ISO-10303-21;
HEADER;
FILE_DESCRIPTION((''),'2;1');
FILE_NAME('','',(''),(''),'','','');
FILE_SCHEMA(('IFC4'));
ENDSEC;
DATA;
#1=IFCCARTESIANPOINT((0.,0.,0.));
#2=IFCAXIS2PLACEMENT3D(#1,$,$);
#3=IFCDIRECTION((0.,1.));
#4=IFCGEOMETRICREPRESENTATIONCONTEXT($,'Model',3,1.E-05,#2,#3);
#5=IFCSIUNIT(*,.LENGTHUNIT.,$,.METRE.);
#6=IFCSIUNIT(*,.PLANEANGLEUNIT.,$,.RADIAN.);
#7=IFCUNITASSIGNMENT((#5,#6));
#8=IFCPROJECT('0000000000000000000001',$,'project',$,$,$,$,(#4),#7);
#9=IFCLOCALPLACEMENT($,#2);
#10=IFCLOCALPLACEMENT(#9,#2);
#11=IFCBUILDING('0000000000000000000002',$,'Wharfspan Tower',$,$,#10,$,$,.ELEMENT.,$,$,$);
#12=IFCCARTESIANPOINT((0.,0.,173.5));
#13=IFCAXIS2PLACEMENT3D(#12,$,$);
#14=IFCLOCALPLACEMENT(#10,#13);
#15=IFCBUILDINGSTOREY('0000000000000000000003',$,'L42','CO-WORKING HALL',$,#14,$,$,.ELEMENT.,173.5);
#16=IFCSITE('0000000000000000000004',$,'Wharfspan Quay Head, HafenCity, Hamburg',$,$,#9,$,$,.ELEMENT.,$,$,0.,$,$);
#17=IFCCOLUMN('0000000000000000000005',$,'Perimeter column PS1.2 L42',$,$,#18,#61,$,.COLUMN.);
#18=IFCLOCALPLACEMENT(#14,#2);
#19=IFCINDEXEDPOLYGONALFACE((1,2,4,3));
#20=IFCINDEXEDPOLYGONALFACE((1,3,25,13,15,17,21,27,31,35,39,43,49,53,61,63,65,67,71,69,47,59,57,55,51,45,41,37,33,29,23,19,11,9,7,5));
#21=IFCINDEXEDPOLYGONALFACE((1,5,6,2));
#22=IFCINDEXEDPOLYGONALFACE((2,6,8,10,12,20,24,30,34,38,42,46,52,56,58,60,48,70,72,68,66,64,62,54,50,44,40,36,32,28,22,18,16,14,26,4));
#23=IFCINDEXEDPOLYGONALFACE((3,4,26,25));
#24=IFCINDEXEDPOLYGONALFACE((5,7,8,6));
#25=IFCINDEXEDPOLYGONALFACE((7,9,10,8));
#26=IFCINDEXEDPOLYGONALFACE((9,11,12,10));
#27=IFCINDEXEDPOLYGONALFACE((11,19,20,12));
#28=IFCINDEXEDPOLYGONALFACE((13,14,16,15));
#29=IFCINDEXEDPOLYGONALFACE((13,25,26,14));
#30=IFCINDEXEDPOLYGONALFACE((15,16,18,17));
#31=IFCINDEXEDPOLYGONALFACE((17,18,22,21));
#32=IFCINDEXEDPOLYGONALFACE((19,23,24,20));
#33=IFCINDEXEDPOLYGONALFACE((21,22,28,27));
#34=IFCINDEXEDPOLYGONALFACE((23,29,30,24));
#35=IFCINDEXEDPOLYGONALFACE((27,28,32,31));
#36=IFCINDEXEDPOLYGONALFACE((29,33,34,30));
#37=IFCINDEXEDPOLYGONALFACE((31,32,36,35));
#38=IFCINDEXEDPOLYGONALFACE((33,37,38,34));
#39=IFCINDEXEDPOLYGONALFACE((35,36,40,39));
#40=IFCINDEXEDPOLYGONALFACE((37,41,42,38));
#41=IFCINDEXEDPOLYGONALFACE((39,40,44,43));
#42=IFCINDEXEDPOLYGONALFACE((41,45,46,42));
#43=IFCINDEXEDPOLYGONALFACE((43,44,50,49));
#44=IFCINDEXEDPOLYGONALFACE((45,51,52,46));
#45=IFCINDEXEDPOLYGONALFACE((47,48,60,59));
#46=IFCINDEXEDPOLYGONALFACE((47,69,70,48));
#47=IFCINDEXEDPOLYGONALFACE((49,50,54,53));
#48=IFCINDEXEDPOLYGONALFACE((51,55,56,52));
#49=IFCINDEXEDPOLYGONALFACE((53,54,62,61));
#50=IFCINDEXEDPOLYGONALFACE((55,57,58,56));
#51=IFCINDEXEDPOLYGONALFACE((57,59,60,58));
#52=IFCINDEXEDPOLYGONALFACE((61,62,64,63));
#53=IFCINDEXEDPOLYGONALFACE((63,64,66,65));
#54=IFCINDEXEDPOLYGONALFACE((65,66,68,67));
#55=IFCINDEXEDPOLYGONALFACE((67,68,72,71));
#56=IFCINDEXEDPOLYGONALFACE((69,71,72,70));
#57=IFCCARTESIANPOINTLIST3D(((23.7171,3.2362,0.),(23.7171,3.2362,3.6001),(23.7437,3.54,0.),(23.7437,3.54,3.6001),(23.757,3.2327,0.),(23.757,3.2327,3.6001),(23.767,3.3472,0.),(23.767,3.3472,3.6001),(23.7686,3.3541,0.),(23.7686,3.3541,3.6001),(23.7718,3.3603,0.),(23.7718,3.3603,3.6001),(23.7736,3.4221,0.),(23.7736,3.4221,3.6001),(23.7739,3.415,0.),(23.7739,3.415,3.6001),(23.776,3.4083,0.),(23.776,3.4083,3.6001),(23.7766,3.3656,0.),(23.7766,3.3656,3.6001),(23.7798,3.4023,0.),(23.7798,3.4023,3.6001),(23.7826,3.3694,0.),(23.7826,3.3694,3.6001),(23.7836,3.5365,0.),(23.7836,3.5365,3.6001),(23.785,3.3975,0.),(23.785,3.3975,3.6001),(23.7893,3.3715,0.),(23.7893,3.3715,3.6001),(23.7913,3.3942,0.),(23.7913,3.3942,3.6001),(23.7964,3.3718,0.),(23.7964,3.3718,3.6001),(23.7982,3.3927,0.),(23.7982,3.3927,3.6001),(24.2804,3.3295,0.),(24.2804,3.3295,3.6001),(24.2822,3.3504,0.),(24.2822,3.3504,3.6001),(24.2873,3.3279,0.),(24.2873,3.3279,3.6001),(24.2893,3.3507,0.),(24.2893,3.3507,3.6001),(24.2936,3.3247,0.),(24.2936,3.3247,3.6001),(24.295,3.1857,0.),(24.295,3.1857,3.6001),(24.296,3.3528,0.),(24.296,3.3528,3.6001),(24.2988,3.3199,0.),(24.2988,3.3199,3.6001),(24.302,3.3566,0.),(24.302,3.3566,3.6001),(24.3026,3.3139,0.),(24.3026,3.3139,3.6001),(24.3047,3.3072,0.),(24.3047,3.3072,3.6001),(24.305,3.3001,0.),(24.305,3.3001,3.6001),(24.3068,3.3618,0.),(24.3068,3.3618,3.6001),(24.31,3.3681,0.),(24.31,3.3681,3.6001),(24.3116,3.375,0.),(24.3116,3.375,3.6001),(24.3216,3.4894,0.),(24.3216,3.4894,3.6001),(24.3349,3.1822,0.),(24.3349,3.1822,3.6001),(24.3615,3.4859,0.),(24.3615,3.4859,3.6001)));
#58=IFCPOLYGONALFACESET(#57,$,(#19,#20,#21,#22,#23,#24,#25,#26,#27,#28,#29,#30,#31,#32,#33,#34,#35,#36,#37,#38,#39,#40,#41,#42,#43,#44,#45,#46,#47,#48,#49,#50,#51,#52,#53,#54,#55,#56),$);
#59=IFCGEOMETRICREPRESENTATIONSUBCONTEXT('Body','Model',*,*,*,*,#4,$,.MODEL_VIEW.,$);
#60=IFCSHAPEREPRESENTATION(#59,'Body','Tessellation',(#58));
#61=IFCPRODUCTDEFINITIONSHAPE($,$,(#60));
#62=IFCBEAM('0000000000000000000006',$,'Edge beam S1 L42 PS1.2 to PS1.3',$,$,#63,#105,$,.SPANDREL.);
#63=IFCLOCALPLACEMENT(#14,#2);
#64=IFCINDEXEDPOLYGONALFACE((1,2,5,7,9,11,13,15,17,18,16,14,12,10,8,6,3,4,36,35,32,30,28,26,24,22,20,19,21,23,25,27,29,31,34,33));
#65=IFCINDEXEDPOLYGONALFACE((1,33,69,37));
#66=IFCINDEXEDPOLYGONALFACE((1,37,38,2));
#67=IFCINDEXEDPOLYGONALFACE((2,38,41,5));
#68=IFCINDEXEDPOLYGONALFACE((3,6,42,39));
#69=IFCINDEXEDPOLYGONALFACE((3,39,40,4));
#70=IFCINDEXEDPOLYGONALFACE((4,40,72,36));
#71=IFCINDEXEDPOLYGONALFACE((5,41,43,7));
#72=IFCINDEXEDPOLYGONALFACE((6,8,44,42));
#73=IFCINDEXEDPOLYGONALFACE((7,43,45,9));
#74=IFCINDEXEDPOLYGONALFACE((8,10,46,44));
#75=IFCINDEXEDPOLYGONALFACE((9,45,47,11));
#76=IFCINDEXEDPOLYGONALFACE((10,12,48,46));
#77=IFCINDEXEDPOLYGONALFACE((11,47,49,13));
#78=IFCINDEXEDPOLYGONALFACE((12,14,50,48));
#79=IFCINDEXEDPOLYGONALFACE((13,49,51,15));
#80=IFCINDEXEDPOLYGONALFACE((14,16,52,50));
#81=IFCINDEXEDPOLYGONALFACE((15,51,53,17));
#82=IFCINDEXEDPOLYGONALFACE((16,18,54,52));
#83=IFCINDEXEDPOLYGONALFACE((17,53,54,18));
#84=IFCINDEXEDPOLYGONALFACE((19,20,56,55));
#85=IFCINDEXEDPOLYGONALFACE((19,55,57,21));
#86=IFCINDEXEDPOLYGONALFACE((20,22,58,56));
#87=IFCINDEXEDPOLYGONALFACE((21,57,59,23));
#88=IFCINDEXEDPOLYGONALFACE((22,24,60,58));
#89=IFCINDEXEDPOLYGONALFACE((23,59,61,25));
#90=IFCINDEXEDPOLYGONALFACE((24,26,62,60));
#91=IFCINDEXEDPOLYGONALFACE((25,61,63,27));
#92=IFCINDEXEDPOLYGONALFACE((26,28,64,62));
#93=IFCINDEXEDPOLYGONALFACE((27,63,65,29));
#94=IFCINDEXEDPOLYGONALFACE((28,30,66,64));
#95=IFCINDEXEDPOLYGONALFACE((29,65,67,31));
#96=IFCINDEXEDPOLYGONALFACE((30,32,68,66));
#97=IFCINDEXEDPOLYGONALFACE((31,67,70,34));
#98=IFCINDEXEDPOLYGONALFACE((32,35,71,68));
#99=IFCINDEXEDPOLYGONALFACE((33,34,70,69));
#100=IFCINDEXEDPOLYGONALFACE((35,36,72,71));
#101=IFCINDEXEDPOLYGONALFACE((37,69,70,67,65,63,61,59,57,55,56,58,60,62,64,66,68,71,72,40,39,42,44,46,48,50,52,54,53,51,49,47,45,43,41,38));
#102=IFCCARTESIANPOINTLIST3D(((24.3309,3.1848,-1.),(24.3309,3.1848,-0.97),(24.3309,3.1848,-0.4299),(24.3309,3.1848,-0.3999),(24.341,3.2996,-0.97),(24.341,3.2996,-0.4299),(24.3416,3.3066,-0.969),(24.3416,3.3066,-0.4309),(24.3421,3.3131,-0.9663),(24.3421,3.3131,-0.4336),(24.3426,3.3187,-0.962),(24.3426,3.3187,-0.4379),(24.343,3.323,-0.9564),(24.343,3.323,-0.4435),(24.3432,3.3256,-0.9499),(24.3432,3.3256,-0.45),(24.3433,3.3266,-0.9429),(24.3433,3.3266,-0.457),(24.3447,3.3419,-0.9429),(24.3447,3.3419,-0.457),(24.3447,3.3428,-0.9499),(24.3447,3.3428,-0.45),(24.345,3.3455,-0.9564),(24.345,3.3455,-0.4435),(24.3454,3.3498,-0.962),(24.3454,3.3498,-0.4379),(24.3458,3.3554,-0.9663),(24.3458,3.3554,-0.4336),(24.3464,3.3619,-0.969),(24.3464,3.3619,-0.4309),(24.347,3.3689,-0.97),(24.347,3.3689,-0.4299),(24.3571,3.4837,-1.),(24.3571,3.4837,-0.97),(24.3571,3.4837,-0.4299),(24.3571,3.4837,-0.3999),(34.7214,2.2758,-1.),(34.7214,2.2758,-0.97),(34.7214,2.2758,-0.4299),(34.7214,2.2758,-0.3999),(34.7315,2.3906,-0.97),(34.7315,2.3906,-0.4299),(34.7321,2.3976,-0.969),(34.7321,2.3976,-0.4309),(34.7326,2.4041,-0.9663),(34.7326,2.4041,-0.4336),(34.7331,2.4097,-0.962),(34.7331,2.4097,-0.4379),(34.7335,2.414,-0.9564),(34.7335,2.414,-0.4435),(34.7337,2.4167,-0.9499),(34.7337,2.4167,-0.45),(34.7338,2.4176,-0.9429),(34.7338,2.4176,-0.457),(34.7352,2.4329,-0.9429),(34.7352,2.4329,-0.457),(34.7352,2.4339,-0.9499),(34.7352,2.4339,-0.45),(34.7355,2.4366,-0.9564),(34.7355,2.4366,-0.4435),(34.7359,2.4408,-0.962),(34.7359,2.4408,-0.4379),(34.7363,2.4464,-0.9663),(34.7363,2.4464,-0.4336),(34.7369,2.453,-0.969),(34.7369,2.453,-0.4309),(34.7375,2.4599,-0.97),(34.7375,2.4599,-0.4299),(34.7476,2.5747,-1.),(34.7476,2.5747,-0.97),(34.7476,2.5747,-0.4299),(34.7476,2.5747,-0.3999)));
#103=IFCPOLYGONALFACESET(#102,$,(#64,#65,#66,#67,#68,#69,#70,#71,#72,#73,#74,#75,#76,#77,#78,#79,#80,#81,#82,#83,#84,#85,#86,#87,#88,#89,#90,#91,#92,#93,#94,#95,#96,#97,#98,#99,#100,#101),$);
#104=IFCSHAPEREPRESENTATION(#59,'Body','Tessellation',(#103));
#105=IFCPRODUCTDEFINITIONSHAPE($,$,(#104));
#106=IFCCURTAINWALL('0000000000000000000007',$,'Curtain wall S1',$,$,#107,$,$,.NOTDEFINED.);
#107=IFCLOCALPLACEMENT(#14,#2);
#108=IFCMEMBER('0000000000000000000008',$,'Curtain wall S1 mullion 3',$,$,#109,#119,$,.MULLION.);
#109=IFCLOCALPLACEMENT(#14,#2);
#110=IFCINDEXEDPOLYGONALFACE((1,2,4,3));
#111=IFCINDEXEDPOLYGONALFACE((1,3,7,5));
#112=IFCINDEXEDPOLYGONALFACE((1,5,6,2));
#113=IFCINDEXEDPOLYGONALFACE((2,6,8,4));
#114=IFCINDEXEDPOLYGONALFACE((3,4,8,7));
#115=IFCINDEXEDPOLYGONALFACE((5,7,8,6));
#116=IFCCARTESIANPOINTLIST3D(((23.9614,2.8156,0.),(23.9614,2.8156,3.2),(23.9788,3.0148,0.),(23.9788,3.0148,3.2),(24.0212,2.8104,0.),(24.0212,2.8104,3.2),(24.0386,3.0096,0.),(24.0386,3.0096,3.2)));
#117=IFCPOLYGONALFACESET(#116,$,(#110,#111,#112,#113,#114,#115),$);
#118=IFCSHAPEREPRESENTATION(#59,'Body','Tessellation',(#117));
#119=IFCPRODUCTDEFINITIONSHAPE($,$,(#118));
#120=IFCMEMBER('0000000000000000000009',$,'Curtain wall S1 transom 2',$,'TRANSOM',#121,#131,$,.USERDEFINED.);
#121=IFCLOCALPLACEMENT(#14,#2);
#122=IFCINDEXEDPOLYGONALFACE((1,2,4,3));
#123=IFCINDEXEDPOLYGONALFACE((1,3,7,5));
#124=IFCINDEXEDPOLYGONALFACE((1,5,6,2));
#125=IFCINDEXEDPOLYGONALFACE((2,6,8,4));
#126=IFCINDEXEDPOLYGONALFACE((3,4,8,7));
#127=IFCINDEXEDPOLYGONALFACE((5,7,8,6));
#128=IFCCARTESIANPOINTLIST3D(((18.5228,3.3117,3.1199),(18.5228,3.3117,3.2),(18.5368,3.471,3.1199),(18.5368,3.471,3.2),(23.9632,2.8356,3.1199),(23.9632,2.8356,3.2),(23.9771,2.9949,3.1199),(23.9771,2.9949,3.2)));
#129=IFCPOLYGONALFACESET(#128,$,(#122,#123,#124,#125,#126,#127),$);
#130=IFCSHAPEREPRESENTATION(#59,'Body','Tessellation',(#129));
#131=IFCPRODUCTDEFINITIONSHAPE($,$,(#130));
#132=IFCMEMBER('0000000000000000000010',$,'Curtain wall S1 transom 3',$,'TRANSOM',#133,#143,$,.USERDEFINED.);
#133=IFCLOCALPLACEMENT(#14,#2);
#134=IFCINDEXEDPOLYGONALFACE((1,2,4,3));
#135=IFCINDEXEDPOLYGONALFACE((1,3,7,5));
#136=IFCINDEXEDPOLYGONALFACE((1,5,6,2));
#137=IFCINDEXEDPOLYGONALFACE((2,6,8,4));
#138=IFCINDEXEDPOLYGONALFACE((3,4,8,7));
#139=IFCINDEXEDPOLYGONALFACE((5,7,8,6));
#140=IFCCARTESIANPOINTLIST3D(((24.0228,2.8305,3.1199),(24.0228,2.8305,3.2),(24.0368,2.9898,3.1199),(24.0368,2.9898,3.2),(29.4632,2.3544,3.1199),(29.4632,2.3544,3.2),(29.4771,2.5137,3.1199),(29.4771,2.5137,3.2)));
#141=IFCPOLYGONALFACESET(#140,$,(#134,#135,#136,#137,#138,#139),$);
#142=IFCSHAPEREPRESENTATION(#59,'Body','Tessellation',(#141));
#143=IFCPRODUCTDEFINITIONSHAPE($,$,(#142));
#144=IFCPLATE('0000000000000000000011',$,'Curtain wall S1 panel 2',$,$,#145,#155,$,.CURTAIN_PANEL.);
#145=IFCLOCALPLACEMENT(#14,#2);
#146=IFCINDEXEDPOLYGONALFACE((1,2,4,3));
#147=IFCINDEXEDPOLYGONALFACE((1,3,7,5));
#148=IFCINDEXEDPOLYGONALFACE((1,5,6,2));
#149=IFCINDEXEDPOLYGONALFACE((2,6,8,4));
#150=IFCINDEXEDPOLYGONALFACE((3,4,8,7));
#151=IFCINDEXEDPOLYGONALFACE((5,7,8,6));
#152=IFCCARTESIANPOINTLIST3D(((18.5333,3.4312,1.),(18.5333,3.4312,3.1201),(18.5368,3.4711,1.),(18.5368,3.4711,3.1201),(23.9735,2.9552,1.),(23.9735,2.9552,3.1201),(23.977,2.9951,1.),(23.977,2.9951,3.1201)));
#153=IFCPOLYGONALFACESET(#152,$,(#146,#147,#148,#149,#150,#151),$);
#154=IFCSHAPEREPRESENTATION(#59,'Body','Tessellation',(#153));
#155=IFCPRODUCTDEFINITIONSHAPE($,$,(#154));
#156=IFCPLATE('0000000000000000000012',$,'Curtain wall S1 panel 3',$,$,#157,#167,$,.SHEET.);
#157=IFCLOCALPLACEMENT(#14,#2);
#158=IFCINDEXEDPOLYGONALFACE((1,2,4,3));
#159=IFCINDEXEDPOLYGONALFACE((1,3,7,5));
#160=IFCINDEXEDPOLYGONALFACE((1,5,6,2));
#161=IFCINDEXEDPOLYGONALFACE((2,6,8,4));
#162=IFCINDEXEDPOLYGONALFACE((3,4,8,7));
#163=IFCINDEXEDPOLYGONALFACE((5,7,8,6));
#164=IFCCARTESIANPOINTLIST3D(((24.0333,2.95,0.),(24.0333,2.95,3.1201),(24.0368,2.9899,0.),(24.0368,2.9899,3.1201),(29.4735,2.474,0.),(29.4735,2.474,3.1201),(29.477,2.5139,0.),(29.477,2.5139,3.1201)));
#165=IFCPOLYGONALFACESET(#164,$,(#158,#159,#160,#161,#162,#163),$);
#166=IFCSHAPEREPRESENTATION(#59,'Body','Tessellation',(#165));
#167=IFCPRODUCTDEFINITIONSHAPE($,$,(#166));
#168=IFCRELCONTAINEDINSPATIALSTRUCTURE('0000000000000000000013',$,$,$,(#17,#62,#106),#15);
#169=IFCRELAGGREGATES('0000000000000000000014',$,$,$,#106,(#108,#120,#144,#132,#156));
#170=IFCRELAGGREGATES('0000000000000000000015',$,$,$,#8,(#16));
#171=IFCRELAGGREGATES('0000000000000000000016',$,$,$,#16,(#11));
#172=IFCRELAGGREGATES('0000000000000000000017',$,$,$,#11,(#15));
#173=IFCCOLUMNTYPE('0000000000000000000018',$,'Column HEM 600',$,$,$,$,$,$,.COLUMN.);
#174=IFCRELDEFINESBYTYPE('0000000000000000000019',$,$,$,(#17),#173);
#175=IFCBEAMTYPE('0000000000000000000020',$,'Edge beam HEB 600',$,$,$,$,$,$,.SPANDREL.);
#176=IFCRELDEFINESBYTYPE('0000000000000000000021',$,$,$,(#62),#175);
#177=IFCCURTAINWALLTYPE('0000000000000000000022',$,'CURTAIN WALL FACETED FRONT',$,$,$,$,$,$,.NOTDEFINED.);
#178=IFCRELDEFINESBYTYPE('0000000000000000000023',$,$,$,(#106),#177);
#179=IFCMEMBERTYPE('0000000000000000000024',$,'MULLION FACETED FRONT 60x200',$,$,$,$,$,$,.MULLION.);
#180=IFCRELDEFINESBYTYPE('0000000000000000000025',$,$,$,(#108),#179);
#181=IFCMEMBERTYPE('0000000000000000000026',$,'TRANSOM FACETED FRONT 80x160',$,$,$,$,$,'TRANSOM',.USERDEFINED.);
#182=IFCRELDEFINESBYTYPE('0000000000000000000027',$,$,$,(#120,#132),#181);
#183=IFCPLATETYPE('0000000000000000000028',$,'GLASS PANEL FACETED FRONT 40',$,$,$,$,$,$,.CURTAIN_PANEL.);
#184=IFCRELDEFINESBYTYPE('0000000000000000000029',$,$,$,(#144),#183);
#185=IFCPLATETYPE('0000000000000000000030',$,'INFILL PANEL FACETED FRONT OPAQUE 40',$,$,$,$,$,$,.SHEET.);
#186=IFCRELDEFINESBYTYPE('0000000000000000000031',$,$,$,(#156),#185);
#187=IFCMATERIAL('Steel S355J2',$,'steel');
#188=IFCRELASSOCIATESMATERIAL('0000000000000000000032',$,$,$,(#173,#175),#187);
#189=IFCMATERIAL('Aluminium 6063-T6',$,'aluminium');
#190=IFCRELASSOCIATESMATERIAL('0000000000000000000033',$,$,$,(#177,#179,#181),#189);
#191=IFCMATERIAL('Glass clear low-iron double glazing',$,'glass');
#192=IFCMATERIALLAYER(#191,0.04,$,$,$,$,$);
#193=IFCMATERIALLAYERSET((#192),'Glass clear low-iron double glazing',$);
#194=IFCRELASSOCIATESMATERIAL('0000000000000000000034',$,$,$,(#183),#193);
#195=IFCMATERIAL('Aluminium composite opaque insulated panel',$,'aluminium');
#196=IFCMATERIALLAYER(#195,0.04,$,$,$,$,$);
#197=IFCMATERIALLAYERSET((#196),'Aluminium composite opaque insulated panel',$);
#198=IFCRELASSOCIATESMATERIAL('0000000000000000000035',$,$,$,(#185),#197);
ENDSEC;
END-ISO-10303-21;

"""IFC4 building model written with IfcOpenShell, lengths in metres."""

from ifc_helpers import new_model, si_unit, direction, frame, origin, origin_2d, place, context, subcontext, project, spatial, rectangle, i_section, extrude, material, layer, layer_set, material_profile, profile_set, type_object, element, aggregate, save


model = new_model("IFC4")

# Units and contexts
model_context = context("Model", 3, precision=1e-05, world=origin(), true_north=direction((0.0, 1.0)))
body_context = subcontext(model_context, "Body", "Model", "MODEL_VIEW")
ifc_project = project(units=[si_unit("LENGTHUNIT", "METRE"), si_unit("PLANEANGLEUNIT", "RADIAN")], contexts=[model_context])

# Site, building, storey
site_placement = place(None, origin())
site = spatial("IfcSite", under=ifc_project, at=site_placement, Name="Wharfspan Quay Head, HafenCity, Hamburg", CompositionType="ELEMENT", RefElevation=0.0)
building_placement = place(site_placement, origin())
building = spatial("IfcBuilding", under=site, at=building_placement, Name="Wharfspan Tower", CompositionType="ELEMENT")
storey_placement = place(building_placement, frame((0.0, 0.0, 173.5)))
storey = spatial("IfcBuildingStorey", under=building, at=storey_placement, Name="L42", Description="CO-WORKING HALL", CompositionType="ELEMENT", Elevation=173.5)

# Column
ifc_material_1 = material(Name="Steel S355J2", Category="steel")
ifc_material_profile_1 = material_profile(ifc_material_1, i_section(OverallWidth=0.3049, OverallDepth=0.6201, WebThickness=0.021, FlangeThickness=0.04, FilletRadius=0.0271, at=origin_2d()))
ifc_profile_set_1 = profile_set([ifc_material_profile_1], Name="Steel S355J2")
column_type = type_object("IfcColumnType", Name="Column HEM 600", PredefinedType="COLUMN", material=ifc_profile_set_1)
column_placement = place(storey_placement, frame((24.0393, 3.3611, 0.0), z_axis=(0.0, 0.0, 1.0), x_axis=(-0.087156, -0.996198, 0.0)))
element("IfcColumn", 1, at=column_placement, inside=storey, type_object=column_type, Name="Perimeter column PS1.2 L42", PredefinedType="COLUMN", context=body_context, shape_type="SweptSolid", body=[
    extrude(i_section(OverallWidth=0.3049, OverallDepth=0.6201, WebThickness=0.021, FlangeThickness=0.04, FilletRadius=0.0271, at=origin_2d()), origin(), (0.0, 0.0, 1.0), 3.6001),
])

# Beam
ifc_material_profile_2 = material_profile(ifc_material_1, i_section(OverallWidth=0.3, OverallDepth=0.6001, WebThickness=0.0154, FlangeThickness=0.03, FilletRadius=0.0271, at=origin_2d()))
ifc_profile_set_2 = profile_set([ifc_material_profile_2], Name="Steel S355J2")
beam_type = type_object("IfcBeamType", Name="Edge beam HEB 600", PredefinedType="SPANDREL", material=ifc_profile_set_2)
beam_placement = place(storey_placement, frame((24.344, 3.3342, -0.7), z_axis=(0.996196, -0.087146, 0.0), x_axis=(0.087146, 0.996196, 0.0)))
element("IfcBeam", 2, at=beam_placement, inside=storey, type_object=beam_type, Name="Edge beam S1 L42 PS1.2 to PS1.3", PredefinedType="SPANDREL", context=body_context, shape_type="SweptSolid", body=[
    extrude(i_section(OverallWidth=0.3, OverallDepth=0.6001, WebThickness=0.0154, FlangeThickness=0.03, FilletRadius=0.0271, at=origin_2d()), origin(), (0.0, 0.0, 1.0), 10.4302),
])

# Curtain wall, members, plates
ifc_material_2 = material(Name="Aluminium 6063-T6", Category="aluminium")
curtain_wall_type = type_object("IfcCurtainWallType", Name="CURTAIN WALL FACETED FRONT", PredefinedType="NOTDEFINED", material=ifc_material_2)
curtain_wall_placement = place(storey_placement, origin())
curtain_wall = element("IfcCurtainWall", 3, at=curtain_wall_placement, inside=storey, type_object=curtain_wall_type, Name="Curtain wall S1", PredefinedType="NOTDEFINED")
ifc_material_profile_3 = material_profile(ifc_material_2, rectangle(XDim=0.2, YDim=0.0601, at=origin_2d()))
ifc_profile_set_3 = profile_set([ifc_material_profile_3], Name="Aluminium 6063-T6")
member_type_1 = type_object("IfcMemberType", Name="MULLION FACETED FRONT 60x200", PredefinedType="MULLION", material=ifc_profile_set_3)
member_1_placement = place(storey_placement, frame((24.0, 2.9126, 0.0), z_axis=(0.0, 0.0, 1.0), x_axis=(0.087156, 0.996198, 0.0)))
member_1 = element("IfcMember", 4, at=member_1_placement, type_object=member_type_1, Name="Curtain wall S1 mullion 3", PredefinedType="MULLION", context=body_context, shape_type="SweptSolid", body=[
    extrude(rectangle(XDim=0.2, YDim=0.0601, at=origin_2d()), origin(), (0.0, 0.0, 1.0), 3.2),
])
ifc_material_profile_4 = material_profile(ifc_material_2, rectangle(XDim=0.1599, YDim=0.0801, at=origin_2d()))
ifc_profile_set_4 = profile_set([ifc_material_profile_4], Name="Aluminium 6063-T6")
member_type_2 = type_object("IfcMemberType", Name="TRANSOM FACETED FRONT 80x160", ElementType="TRANSOM", PredefinedType="USERDEFINED", material=ifc_profile_set_4)
member_2_placement = place(storey_placement, frame((18.5298, 3.3914, 3.1599), z_axis=(0.996193, -0.087174, 0.0), x_axis=(0.087174, 0.996193, 0.0)))
member_2 = element("IfcMember", 5, at=member_2_placement, type_object=member_type_2, Name="Curtain wall S1 transom 2", ObjectType="TRANSOM", PredefinedType="USERDEFINED", context=body_context, shape_type="SweptSolid", body=[
    extrude(rectangle(XDim=0.1599, YDim=0.0801, at=origin_2d()), origin(), (0.0, 0.0, 1.0), 5.4612),
])
member_3_placement = place(storey_placement, frame((24.0298, 2.9102, 3.1599), z_axis=(0.996193, -0.087174, 0.0), x_axis=(0.087174, 0.996193, 0.0)))
member_3 = element("IfcMember", 6, at=member_3_placement, type_object=member_type_2, Name="Curtain wall S1 transom 3", ObjectType="TRANSOM", PredefinedType="USERDEFINED", context=body_context, shape_type="SweptSolid", body=[
    extrude(rectangle(XDim=0.1599, YDim=0.0801, at=origin_2d()), origin(), (0.0, 0.0, 1.0), 5.4612),
])
ifc_material_3 = material(Name="Glass clear low-iron double glazing", Category="glass")
ifc_layer_1 = layer(ifc_material_3, 0.04)
ifc_layer_set_1 = layer_set([ifc_layer_1], Name="Glass clear low-iron double glazing")
plate_type_1 = type_object("IfcPlateType", Name="GLASS PANEL FACETED FRONT 40", PredefinedType="CURTAIN_PANEL", material=ifc_layer_set_1)
plate_1_placement = place(storey_placement, frame((21.2551, 3.2131, 1.0), z_axis=(0.0, 0.0, 1.0), x_axis=(0.996198, -0.087156, 0.0)))
plate_1 = element("IfcPlate", 7, at=plate_1_placement, type_object=plate_type_1, Name="Curtain wall S1 panel 2", PredefinedType="CURTAIN_PANEL", context=body_context, shape_type="SweptSolid", body=[
    extrude(rectangle(XDim=5.4609, YDim=0.04, at=origin_2d()), origin(), (0.0, 0.0, 1.0), 2.1201),
])
ifc_material_4 = material(Name="Aluminium composite opaque insulated panel", Category="aluminium")
ifc_layer_2 = layer(ifc_material_4, 0.04)
ifc_layer_set_2 = layer_set([ifc_layer_2], Name="Aluminium composite opaque insulated panel")
plate_type_2 = type_object("IfcPlateType", Name="INFILL PANEL FACETED FRONT OPAQUE 40", PredefinedType="SHEET", material=ifc_layer_set_2)
plate_2_placement = place(storey_placement, frame((26.7551, 2.7319, 0.0), z_axis=(0.0, 0.0, 1.0), x_axis=(0.996198, -0.087156, 0.0)))
plate_2 = element("IfcPlate", 8, at=plate_2_placement, type_object=plate_type_2, Name="Curtain wall S1 panel 3", PredefinedType="SHEET", context=body_context, shape_type="SweptSolid", body=[
    extrude(rectangle(XDim=5.4609, YDim=0.04, at=origin_2d()), origin(), (0.0, 0.0, 1.0), 3.1201),
])
aggregate(curtain_wall, [member_1, member_2, plate_1, member_3, plate_2])

save(model, "model.ifc")
